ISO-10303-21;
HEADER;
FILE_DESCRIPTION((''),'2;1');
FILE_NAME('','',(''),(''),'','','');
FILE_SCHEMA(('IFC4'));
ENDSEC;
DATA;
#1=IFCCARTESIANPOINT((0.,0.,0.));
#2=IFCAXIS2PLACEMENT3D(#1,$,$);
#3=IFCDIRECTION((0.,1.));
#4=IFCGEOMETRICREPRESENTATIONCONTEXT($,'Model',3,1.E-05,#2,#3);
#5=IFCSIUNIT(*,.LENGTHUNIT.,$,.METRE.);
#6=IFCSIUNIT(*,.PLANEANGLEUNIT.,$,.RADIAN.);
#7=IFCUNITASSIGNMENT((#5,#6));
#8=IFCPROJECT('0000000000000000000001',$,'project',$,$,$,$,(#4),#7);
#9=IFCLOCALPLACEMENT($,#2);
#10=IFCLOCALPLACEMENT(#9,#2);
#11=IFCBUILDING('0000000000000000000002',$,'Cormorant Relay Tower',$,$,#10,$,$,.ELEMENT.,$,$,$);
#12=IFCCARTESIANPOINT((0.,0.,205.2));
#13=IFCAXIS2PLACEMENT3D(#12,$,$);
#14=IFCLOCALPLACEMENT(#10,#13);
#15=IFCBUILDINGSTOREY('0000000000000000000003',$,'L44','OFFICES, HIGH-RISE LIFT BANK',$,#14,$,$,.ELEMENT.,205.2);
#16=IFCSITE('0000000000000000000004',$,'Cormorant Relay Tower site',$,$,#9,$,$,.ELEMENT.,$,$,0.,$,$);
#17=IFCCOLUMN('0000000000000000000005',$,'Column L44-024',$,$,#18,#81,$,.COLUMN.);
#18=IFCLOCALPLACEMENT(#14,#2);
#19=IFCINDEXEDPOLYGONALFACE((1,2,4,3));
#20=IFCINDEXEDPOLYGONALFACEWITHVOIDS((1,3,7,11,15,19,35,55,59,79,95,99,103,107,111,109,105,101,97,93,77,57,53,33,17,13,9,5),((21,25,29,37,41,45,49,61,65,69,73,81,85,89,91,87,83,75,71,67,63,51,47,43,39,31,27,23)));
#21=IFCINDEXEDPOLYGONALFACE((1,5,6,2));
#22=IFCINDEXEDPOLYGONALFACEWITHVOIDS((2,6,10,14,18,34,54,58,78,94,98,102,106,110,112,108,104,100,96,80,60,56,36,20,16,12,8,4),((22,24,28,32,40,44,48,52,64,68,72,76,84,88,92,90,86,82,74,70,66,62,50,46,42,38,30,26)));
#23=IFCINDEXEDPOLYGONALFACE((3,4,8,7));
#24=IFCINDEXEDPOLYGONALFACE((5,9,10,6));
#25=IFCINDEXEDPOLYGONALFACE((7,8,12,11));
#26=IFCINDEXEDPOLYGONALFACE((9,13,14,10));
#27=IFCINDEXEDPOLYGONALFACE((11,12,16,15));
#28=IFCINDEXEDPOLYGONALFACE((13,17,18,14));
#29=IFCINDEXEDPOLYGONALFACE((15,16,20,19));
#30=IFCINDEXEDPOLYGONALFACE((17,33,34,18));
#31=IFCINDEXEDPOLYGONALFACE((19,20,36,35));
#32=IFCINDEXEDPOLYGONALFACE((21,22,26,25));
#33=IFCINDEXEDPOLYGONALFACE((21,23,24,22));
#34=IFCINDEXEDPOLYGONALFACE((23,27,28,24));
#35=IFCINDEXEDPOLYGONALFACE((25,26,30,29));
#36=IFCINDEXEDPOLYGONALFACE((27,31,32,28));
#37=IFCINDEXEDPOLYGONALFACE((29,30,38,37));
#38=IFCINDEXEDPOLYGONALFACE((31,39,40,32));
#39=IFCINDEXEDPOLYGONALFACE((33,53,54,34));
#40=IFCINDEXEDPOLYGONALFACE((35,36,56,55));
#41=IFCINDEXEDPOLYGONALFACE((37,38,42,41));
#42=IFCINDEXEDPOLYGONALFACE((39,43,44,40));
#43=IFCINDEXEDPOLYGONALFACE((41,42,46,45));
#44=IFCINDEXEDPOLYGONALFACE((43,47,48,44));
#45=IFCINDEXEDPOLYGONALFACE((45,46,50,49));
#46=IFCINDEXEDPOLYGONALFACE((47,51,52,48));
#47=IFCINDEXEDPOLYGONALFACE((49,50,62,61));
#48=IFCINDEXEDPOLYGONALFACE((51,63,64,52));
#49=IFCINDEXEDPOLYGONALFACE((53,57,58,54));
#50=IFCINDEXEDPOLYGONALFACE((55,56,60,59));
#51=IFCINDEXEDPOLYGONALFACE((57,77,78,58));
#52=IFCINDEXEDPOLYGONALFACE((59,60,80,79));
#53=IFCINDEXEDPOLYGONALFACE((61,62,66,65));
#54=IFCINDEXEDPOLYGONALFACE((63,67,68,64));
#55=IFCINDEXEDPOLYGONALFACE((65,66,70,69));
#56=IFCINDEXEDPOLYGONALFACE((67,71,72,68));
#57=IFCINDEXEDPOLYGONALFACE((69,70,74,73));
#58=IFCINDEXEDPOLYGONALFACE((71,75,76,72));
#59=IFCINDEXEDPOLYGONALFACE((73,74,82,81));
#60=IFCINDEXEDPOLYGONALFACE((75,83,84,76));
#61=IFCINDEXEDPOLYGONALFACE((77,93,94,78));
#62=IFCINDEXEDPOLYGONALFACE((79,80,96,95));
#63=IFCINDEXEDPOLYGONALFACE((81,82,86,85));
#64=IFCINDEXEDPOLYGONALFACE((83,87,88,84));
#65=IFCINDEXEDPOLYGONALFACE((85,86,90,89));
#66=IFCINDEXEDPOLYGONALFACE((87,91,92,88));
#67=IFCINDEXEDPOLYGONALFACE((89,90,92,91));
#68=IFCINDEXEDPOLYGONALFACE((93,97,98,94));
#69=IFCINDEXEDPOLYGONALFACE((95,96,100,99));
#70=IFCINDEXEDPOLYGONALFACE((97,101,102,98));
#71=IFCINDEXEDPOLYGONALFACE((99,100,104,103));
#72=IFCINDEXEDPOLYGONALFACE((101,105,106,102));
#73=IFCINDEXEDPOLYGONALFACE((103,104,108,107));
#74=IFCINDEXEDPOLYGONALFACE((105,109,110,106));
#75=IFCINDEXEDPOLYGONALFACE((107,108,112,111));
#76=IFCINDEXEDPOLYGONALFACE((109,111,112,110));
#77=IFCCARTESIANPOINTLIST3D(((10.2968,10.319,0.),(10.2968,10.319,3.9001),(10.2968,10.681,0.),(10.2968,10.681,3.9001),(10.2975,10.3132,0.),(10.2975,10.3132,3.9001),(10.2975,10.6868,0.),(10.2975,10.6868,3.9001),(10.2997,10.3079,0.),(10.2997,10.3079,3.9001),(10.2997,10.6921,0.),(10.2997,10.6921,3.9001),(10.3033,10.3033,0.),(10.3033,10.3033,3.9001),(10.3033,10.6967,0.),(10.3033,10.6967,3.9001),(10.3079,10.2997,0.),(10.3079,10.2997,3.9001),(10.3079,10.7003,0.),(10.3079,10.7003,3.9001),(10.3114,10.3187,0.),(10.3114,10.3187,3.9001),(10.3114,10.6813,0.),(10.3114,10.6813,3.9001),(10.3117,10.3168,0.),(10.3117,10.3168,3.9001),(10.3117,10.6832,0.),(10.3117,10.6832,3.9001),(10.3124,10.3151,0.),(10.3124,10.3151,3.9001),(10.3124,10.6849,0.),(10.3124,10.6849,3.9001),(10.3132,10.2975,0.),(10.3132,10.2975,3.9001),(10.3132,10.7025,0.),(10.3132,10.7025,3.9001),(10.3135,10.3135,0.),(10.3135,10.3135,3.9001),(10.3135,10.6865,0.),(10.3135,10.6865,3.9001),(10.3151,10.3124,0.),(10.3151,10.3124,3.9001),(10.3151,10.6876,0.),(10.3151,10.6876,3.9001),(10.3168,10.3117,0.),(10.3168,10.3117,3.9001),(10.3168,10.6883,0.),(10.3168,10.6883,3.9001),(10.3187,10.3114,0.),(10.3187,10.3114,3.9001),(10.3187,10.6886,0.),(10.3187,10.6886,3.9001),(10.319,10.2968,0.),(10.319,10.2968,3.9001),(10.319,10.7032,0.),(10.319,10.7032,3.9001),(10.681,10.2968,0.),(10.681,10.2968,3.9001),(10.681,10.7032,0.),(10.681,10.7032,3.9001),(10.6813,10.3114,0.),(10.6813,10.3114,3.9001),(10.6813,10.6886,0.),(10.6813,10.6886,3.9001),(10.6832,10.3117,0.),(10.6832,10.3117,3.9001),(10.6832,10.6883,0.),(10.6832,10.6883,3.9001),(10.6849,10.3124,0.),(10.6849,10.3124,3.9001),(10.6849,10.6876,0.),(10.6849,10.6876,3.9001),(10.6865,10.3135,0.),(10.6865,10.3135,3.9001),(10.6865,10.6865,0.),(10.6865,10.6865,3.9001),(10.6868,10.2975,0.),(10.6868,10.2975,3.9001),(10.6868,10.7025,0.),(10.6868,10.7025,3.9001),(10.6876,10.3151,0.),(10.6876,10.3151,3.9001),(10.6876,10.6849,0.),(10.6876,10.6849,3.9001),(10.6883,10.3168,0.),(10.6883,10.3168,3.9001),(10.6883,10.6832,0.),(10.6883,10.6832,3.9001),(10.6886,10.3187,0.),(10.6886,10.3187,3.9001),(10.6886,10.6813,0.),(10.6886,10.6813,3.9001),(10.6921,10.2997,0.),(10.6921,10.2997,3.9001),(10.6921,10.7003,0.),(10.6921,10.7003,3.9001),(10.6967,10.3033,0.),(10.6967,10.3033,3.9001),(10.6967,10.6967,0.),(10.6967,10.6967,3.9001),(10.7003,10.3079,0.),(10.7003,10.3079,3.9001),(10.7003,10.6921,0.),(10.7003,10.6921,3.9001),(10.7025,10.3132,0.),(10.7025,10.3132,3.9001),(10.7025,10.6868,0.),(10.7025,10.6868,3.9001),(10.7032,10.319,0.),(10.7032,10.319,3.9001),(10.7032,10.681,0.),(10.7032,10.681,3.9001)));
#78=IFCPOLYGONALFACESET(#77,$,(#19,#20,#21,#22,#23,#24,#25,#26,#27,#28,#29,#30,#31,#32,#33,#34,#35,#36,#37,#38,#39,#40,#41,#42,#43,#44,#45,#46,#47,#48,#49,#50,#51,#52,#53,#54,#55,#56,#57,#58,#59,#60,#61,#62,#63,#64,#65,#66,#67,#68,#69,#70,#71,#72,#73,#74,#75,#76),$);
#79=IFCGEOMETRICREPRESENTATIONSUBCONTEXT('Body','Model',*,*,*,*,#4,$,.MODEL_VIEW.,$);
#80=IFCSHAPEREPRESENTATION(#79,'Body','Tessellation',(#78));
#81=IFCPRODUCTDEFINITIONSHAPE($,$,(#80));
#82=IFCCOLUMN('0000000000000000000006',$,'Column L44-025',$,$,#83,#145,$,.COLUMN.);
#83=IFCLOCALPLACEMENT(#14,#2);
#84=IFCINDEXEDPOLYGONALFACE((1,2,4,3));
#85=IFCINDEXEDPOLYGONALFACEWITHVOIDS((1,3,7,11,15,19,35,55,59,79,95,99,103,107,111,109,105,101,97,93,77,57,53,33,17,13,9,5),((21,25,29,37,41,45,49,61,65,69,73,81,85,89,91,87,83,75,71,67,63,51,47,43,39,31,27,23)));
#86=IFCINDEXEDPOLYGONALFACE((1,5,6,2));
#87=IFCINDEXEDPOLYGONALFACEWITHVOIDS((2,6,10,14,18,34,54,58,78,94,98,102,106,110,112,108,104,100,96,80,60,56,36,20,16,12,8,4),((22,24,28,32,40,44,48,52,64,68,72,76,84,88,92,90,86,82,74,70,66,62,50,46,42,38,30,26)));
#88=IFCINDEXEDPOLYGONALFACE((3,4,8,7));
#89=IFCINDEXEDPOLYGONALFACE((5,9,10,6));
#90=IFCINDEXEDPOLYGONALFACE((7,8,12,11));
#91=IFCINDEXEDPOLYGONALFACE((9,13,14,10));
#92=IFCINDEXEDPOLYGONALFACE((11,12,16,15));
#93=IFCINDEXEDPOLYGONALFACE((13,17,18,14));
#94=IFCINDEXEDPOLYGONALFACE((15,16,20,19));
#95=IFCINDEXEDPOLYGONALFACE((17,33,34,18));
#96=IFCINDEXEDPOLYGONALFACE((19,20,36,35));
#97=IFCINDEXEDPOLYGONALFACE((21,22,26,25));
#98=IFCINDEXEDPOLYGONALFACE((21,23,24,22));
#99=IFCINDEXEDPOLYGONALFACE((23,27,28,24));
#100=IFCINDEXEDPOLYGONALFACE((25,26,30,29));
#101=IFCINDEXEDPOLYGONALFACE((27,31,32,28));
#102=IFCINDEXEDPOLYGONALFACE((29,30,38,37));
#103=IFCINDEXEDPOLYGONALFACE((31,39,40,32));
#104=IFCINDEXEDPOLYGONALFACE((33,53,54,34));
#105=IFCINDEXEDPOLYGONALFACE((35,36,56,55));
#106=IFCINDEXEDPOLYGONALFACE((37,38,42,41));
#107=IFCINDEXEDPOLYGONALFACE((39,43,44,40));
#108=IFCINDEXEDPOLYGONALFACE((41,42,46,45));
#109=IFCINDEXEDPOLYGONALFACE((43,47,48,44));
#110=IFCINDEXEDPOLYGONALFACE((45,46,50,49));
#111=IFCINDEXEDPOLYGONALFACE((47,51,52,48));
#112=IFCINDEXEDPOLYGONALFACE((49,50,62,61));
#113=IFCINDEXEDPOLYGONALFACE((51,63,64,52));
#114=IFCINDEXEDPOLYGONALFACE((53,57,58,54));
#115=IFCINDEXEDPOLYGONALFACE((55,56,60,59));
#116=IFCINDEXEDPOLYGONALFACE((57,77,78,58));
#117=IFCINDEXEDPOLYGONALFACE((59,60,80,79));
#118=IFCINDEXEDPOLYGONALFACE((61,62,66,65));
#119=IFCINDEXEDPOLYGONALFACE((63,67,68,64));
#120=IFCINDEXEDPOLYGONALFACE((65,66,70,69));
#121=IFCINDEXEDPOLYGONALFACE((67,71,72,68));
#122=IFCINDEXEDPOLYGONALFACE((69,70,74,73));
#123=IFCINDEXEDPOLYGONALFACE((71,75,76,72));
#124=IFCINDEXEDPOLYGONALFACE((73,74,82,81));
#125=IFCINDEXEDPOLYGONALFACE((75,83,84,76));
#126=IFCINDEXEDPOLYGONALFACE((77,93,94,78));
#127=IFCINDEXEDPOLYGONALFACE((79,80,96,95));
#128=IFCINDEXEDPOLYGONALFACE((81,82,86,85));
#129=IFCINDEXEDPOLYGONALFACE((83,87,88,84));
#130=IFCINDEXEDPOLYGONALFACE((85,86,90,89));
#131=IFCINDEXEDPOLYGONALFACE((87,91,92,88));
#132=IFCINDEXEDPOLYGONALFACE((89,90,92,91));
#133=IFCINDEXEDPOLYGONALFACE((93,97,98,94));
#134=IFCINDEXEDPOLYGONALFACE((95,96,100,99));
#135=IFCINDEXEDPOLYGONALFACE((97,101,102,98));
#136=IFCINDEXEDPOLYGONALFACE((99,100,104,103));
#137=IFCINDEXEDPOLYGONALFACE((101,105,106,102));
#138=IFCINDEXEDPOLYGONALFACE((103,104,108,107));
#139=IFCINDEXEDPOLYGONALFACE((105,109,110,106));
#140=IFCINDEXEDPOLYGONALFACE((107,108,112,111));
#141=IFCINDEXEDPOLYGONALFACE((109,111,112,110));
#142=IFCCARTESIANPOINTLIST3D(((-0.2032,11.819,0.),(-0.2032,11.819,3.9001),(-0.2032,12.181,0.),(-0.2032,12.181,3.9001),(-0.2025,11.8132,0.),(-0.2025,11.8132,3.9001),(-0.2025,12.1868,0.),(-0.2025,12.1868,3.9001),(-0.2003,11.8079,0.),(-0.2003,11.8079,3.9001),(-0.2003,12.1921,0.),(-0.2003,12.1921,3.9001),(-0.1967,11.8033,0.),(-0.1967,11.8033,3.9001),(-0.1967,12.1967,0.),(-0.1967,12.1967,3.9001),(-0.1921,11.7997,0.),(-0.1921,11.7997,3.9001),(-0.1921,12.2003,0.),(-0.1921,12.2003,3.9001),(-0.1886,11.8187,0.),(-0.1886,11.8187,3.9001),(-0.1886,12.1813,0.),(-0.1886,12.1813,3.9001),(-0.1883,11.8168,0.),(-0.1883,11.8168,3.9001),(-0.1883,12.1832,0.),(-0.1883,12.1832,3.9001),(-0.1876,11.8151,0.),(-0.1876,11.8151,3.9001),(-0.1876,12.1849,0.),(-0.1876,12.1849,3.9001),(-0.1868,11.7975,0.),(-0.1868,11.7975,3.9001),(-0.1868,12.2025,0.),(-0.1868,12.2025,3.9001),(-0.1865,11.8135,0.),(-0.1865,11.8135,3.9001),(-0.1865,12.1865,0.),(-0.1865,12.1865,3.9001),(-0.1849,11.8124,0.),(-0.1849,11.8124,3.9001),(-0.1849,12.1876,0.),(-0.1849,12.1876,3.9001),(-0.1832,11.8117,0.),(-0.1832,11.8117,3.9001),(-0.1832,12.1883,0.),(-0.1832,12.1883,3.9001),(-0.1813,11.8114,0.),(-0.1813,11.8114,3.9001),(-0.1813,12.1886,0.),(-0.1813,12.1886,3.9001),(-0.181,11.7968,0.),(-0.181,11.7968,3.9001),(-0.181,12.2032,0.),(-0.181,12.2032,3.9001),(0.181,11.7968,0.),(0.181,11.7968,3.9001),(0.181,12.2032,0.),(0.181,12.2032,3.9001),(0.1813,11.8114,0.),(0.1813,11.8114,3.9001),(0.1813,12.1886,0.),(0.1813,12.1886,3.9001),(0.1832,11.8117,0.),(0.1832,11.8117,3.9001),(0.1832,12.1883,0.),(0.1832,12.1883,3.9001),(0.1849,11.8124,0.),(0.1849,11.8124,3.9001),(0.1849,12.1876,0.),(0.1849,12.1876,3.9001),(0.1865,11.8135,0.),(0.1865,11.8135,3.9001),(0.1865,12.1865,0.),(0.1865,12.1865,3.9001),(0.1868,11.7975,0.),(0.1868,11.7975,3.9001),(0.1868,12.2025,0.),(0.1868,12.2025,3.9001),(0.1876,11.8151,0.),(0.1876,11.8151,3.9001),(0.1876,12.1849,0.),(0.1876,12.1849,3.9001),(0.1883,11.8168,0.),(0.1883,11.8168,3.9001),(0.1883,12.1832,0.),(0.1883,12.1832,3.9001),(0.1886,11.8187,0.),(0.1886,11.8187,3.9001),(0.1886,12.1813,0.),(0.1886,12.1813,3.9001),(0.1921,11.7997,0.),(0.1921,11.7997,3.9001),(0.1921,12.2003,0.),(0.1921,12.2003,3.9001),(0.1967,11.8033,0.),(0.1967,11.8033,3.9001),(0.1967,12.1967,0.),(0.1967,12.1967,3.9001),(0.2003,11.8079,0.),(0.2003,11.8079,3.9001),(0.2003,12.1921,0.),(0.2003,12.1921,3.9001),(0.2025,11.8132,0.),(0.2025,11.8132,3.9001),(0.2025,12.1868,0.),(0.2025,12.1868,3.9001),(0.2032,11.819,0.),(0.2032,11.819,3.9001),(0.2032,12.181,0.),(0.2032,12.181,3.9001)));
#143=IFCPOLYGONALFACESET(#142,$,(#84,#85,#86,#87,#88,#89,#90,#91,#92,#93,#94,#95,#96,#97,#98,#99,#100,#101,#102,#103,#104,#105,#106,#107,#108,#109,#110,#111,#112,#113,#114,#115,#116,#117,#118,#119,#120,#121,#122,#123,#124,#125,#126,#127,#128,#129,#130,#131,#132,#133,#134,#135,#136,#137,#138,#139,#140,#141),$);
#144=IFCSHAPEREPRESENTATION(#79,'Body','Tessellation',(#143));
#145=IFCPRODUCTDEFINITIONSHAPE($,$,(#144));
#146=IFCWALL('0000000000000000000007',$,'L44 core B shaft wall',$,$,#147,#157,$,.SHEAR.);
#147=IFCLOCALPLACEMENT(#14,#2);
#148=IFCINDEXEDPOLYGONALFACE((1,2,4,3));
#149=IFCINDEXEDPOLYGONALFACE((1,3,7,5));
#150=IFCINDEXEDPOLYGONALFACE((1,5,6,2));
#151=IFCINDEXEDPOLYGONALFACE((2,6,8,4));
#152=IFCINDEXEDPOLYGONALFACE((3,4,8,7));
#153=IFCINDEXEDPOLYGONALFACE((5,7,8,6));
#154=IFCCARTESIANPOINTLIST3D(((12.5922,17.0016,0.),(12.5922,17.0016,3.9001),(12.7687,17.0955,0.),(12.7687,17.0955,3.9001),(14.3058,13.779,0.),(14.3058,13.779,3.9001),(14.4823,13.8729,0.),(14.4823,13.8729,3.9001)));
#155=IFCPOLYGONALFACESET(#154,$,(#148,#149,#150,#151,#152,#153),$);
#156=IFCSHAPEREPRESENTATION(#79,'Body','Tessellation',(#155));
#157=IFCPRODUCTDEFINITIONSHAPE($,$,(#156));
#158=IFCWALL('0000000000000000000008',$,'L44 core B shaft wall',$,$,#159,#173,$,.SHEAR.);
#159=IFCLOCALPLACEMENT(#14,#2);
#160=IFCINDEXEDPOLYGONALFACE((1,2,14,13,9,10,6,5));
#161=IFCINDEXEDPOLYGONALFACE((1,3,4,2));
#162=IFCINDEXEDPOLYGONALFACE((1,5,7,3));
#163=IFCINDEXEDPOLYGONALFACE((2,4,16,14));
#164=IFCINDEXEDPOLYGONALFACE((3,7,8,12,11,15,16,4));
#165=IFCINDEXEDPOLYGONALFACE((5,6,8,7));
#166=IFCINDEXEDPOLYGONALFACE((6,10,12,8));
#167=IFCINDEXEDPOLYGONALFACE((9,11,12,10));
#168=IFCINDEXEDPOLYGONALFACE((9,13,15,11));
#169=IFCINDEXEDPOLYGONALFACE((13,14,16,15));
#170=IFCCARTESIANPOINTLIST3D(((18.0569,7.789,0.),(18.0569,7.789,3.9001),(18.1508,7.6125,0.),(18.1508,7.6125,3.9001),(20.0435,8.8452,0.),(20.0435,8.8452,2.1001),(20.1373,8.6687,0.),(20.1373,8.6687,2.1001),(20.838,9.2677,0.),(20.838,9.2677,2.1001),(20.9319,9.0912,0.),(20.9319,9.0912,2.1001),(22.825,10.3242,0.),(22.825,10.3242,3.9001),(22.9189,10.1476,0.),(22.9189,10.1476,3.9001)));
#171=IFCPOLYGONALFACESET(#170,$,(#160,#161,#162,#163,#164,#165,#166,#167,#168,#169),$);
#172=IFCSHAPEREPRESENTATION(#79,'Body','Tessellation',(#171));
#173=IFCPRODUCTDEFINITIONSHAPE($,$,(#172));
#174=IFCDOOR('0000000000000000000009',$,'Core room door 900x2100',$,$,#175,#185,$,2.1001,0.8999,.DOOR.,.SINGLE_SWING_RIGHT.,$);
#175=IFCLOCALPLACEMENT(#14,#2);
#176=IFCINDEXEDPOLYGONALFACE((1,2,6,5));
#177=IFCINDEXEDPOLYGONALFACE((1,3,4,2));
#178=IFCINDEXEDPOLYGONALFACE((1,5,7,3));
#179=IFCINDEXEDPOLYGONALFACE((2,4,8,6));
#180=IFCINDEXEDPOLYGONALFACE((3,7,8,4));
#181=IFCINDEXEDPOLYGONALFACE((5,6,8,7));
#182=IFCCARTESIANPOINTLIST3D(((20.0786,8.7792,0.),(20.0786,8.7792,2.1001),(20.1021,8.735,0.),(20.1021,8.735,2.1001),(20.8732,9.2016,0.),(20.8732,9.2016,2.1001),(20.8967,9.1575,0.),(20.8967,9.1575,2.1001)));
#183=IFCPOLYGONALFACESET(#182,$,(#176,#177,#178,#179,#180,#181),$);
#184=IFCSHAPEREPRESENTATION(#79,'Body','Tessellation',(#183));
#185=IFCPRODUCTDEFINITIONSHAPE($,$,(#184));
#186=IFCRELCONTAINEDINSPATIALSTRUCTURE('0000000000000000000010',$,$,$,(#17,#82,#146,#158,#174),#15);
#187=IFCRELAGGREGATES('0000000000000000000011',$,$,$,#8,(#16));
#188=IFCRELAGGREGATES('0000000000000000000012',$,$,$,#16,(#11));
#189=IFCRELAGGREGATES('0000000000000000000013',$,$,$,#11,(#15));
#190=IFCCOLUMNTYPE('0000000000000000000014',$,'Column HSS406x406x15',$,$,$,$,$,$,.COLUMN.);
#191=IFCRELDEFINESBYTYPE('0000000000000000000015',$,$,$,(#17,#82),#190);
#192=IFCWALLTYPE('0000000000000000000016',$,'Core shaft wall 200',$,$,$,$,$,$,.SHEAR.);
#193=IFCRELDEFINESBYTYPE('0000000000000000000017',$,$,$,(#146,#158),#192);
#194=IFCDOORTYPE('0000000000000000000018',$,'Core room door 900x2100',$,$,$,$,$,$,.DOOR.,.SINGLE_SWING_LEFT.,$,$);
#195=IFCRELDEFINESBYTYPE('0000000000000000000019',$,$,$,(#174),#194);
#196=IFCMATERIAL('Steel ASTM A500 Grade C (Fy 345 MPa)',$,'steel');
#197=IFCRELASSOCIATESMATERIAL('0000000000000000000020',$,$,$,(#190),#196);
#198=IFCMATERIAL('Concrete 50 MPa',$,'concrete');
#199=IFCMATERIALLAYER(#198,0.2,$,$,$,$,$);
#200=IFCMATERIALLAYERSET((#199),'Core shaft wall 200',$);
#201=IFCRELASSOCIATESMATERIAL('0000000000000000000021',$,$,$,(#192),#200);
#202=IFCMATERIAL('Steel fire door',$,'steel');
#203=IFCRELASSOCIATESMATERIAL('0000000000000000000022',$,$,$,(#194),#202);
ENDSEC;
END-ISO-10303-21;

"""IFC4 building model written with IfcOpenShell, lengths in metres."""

from ifc_helpers import new_model, si_unit, direction, frame, frame_2d, origin, origin_2d, place, context, subcontext, project, spatial, rectangle, hollow_rectangle, extrude, material, layer, layer_set, material_profile, profile_set, type_object, element, fill, save


model = new_model("IFC4")

# Units and contexts
model_context = context("Model", 3, precision=1e-05, world=origin(), true_north=direction((0.0, 1.0)))
body_context = subcontext(model_context, "Body", "Model", "MODEL_VIEW")
ifc_project = project(units=[si_unit("LENGTHUNIT", "METRE"), si_unit("PLANEANGLEUNIT", "RADIAN")], contexts=[model_context])

# Site, building, storey
site_placement = place(None, origin())
site = spatial("IfcSite", under=ifc_project, at=site_placement, Name="Cormorant Relay Tower site", CompositionType="ELEMENT", RefElevation=0.0)
building_placement = place(site_placement, origin())
building = spatial("IfcBuilding", under=site, at=building_placement, Name="Cormorant Relay Tower", CompositionType="ELEMENT")
storey_placement = place(building_placement, frame((0.0, 0.0, 205.2)))
storey = spatial("IfcBuildingStorey", under=building, at=storey_placement, Name="L44", Description="OFFICES, HIGH-RISE LIFT BANK", CompositionType="ELEMENT", Elevation=205.2)

# Columns
ifc_material_1 = material(Name="Steel ASTM A500 Grade C (Fy 345 MPa)", Category="steel")
ifc_material_profile = material_profile(ifc_material_1, hollow_rectangle(XDim=0.4065, YDim=0.4065, WallThickness=0.0146, InnerFilletRadius=0.0073, OuterFilletRadius=0.0222, at=origin_2d()), Name="HSS406x406x15")
ifc_profile_set = profile_set([ifc_material_profile], Name="Steel ASTM A500 Grade C (Fy 345 MPa)")
column_type = type_object("IfcColumnType", Name="Column HSS406x406x15", PredefinedType="COLUMN", material=ifc_profile_set)
for number, where, z_axis, x_axis, name in (
    (1, (10.5, 10.5, 0.0), (0.0, 0.0, 1.0), (1.0, 0.0, 0.0), "Column L44-024"),
    (2, (0.0, 12.0, 0.0), (0.0, 0.0, 1.0), (1.0, 0.0, 0.0), "Column L44-025"),
):
    element("IfcColumn", number, at=place(storey_placement, frame(where, z_axis=z_axis, x_axis=x_axis)), inside=storey, type_object=column_type, Name=name, PredefinedType="COLUMN", context=body_context, shape_type="SweptSolid", body=[
        extrude(hollow_rectangle(XDim=0.4065, YDim=0.4065, WallThickness=0.0146, InnerFilletRadius=0.0073, OuterFilletRadius=0.0222, at=origin_2d()), origin(), (0.0, 0.0, 1.0), 3.9001),
    ])

# Wall
ifc_material_2 = material(Name="Concrete 50 MPa", Category="concrete")
ifc_layer_1 = layer(ifc_material_2, 0.2)
ifc_layer_set_1 = layer_set([ifc_layer_1], Name="Core shaft wall 200")
wall_type_1 = type_object("IfcWallType", Name="Core shaft wall 200", PredefinedType="SHEAR", material=ifc_layer_set_1)
wall_1_placement = place(storey_placement, frame((14.394, 13.8259, 0.0), z_axis=(0.0, 0.0, 1.0), x_axis=(-0.469494, 0.882936, 0.0)))
element("IfcWall", 3, at=wall_1_placement, inside=storey, type_object=wall_type_1, Name="L44 core B shaft wall", PredefinedType="SHEAR", context=body_context, shape_type="SweptSolid", body=[
    extrude(rectangle(XDim=3.6499, YDim=0.2, at=frame_2d((1.825, 0.0))), origin(), (0.0, 0.0, 1.0), 3.9001),
])

# Wall, opening, door
wall_2_placement = place(storey_placement, frame((18.1038, 7.7007, 0.0), z_axis=(0.0, 0.0, 1.0), x_axis=(0.882953, 0.469462, 0.0)))
wall_2 = element("IfcWall", 4, at=wall_2_placement, inside=storey, type_object=wall_type_1, Name="L44 core B shaft wall", PredefinedType="SHEAR", context=body_context, shape_type="SweptSolid", body=[
    extrude(rectangle(XDim=5.4001, YDim=0.2, at=frame_2d((2.7002, 0.0))), origin(), (0.0, 0.0, 1.0), 3.9001),
])
opening_1_placement = place(wall_2_placement, frame((2.25, 0.0, 0.0)))
opening_1 = element("IfcOpeningElement", 5, at=opening_1_placement, cuts=wall_2, PredefinedType="OPENING", context=body_context, shape_type="SweptSolid", body=[
    extrude(rectangle(XDim=0.8999, YDim=2.1001, at=frame_2d((0.45, 1.05))), frame((0.0, 0.1099, 0.0), z_axis=(0.0, -1.0, 0.0), x_axis=(1.0, 0.0, 0.0)), (0.0, 0.0, 1.0), 0.22),
])
ifc_material_3 = material(Name="Steel fire door", Category="steel")
door_type_1 = type_object("IfcDoorType", Name="Core room door 900x2100", OperationType="SINGLE_SWING_LEFT", PredefinedType="DOOR", material=ifc_material_3)
door_1_placement = place(opening_1_placement, frame((0.8999, 0.0, 0.0), z_axis=(0.0, 0.0, 1.0), x_axis=(-1.0, 0.0, 0.0)))
door_1 = element("IfcDoor", 6, at=door_1_placement, inside=storey, type_object=door_type_1, Name="Core room door 900x2100", OperationType="SINGLE_SWING_RIGHT", OverallHeight=2.1001, OverallWidth=0.8999, PredefinedType="DOOR", context=body_context, shape_type="SweptSolid", body=[
    extrude(rectangle(XDim=0.8999, YDim=2.1001, at=frame_2d((0.45, 1.05))), frame((0.0, 0.0249, 0.0), z_axis=(0.0, -1.0, 0.0), x_axis=(1.0, 0.0, 0.0)), (0.0, 0.0, 1.0), 0.05),
])
fill(opening_1, door_1)

save(model, "model.ifc")
